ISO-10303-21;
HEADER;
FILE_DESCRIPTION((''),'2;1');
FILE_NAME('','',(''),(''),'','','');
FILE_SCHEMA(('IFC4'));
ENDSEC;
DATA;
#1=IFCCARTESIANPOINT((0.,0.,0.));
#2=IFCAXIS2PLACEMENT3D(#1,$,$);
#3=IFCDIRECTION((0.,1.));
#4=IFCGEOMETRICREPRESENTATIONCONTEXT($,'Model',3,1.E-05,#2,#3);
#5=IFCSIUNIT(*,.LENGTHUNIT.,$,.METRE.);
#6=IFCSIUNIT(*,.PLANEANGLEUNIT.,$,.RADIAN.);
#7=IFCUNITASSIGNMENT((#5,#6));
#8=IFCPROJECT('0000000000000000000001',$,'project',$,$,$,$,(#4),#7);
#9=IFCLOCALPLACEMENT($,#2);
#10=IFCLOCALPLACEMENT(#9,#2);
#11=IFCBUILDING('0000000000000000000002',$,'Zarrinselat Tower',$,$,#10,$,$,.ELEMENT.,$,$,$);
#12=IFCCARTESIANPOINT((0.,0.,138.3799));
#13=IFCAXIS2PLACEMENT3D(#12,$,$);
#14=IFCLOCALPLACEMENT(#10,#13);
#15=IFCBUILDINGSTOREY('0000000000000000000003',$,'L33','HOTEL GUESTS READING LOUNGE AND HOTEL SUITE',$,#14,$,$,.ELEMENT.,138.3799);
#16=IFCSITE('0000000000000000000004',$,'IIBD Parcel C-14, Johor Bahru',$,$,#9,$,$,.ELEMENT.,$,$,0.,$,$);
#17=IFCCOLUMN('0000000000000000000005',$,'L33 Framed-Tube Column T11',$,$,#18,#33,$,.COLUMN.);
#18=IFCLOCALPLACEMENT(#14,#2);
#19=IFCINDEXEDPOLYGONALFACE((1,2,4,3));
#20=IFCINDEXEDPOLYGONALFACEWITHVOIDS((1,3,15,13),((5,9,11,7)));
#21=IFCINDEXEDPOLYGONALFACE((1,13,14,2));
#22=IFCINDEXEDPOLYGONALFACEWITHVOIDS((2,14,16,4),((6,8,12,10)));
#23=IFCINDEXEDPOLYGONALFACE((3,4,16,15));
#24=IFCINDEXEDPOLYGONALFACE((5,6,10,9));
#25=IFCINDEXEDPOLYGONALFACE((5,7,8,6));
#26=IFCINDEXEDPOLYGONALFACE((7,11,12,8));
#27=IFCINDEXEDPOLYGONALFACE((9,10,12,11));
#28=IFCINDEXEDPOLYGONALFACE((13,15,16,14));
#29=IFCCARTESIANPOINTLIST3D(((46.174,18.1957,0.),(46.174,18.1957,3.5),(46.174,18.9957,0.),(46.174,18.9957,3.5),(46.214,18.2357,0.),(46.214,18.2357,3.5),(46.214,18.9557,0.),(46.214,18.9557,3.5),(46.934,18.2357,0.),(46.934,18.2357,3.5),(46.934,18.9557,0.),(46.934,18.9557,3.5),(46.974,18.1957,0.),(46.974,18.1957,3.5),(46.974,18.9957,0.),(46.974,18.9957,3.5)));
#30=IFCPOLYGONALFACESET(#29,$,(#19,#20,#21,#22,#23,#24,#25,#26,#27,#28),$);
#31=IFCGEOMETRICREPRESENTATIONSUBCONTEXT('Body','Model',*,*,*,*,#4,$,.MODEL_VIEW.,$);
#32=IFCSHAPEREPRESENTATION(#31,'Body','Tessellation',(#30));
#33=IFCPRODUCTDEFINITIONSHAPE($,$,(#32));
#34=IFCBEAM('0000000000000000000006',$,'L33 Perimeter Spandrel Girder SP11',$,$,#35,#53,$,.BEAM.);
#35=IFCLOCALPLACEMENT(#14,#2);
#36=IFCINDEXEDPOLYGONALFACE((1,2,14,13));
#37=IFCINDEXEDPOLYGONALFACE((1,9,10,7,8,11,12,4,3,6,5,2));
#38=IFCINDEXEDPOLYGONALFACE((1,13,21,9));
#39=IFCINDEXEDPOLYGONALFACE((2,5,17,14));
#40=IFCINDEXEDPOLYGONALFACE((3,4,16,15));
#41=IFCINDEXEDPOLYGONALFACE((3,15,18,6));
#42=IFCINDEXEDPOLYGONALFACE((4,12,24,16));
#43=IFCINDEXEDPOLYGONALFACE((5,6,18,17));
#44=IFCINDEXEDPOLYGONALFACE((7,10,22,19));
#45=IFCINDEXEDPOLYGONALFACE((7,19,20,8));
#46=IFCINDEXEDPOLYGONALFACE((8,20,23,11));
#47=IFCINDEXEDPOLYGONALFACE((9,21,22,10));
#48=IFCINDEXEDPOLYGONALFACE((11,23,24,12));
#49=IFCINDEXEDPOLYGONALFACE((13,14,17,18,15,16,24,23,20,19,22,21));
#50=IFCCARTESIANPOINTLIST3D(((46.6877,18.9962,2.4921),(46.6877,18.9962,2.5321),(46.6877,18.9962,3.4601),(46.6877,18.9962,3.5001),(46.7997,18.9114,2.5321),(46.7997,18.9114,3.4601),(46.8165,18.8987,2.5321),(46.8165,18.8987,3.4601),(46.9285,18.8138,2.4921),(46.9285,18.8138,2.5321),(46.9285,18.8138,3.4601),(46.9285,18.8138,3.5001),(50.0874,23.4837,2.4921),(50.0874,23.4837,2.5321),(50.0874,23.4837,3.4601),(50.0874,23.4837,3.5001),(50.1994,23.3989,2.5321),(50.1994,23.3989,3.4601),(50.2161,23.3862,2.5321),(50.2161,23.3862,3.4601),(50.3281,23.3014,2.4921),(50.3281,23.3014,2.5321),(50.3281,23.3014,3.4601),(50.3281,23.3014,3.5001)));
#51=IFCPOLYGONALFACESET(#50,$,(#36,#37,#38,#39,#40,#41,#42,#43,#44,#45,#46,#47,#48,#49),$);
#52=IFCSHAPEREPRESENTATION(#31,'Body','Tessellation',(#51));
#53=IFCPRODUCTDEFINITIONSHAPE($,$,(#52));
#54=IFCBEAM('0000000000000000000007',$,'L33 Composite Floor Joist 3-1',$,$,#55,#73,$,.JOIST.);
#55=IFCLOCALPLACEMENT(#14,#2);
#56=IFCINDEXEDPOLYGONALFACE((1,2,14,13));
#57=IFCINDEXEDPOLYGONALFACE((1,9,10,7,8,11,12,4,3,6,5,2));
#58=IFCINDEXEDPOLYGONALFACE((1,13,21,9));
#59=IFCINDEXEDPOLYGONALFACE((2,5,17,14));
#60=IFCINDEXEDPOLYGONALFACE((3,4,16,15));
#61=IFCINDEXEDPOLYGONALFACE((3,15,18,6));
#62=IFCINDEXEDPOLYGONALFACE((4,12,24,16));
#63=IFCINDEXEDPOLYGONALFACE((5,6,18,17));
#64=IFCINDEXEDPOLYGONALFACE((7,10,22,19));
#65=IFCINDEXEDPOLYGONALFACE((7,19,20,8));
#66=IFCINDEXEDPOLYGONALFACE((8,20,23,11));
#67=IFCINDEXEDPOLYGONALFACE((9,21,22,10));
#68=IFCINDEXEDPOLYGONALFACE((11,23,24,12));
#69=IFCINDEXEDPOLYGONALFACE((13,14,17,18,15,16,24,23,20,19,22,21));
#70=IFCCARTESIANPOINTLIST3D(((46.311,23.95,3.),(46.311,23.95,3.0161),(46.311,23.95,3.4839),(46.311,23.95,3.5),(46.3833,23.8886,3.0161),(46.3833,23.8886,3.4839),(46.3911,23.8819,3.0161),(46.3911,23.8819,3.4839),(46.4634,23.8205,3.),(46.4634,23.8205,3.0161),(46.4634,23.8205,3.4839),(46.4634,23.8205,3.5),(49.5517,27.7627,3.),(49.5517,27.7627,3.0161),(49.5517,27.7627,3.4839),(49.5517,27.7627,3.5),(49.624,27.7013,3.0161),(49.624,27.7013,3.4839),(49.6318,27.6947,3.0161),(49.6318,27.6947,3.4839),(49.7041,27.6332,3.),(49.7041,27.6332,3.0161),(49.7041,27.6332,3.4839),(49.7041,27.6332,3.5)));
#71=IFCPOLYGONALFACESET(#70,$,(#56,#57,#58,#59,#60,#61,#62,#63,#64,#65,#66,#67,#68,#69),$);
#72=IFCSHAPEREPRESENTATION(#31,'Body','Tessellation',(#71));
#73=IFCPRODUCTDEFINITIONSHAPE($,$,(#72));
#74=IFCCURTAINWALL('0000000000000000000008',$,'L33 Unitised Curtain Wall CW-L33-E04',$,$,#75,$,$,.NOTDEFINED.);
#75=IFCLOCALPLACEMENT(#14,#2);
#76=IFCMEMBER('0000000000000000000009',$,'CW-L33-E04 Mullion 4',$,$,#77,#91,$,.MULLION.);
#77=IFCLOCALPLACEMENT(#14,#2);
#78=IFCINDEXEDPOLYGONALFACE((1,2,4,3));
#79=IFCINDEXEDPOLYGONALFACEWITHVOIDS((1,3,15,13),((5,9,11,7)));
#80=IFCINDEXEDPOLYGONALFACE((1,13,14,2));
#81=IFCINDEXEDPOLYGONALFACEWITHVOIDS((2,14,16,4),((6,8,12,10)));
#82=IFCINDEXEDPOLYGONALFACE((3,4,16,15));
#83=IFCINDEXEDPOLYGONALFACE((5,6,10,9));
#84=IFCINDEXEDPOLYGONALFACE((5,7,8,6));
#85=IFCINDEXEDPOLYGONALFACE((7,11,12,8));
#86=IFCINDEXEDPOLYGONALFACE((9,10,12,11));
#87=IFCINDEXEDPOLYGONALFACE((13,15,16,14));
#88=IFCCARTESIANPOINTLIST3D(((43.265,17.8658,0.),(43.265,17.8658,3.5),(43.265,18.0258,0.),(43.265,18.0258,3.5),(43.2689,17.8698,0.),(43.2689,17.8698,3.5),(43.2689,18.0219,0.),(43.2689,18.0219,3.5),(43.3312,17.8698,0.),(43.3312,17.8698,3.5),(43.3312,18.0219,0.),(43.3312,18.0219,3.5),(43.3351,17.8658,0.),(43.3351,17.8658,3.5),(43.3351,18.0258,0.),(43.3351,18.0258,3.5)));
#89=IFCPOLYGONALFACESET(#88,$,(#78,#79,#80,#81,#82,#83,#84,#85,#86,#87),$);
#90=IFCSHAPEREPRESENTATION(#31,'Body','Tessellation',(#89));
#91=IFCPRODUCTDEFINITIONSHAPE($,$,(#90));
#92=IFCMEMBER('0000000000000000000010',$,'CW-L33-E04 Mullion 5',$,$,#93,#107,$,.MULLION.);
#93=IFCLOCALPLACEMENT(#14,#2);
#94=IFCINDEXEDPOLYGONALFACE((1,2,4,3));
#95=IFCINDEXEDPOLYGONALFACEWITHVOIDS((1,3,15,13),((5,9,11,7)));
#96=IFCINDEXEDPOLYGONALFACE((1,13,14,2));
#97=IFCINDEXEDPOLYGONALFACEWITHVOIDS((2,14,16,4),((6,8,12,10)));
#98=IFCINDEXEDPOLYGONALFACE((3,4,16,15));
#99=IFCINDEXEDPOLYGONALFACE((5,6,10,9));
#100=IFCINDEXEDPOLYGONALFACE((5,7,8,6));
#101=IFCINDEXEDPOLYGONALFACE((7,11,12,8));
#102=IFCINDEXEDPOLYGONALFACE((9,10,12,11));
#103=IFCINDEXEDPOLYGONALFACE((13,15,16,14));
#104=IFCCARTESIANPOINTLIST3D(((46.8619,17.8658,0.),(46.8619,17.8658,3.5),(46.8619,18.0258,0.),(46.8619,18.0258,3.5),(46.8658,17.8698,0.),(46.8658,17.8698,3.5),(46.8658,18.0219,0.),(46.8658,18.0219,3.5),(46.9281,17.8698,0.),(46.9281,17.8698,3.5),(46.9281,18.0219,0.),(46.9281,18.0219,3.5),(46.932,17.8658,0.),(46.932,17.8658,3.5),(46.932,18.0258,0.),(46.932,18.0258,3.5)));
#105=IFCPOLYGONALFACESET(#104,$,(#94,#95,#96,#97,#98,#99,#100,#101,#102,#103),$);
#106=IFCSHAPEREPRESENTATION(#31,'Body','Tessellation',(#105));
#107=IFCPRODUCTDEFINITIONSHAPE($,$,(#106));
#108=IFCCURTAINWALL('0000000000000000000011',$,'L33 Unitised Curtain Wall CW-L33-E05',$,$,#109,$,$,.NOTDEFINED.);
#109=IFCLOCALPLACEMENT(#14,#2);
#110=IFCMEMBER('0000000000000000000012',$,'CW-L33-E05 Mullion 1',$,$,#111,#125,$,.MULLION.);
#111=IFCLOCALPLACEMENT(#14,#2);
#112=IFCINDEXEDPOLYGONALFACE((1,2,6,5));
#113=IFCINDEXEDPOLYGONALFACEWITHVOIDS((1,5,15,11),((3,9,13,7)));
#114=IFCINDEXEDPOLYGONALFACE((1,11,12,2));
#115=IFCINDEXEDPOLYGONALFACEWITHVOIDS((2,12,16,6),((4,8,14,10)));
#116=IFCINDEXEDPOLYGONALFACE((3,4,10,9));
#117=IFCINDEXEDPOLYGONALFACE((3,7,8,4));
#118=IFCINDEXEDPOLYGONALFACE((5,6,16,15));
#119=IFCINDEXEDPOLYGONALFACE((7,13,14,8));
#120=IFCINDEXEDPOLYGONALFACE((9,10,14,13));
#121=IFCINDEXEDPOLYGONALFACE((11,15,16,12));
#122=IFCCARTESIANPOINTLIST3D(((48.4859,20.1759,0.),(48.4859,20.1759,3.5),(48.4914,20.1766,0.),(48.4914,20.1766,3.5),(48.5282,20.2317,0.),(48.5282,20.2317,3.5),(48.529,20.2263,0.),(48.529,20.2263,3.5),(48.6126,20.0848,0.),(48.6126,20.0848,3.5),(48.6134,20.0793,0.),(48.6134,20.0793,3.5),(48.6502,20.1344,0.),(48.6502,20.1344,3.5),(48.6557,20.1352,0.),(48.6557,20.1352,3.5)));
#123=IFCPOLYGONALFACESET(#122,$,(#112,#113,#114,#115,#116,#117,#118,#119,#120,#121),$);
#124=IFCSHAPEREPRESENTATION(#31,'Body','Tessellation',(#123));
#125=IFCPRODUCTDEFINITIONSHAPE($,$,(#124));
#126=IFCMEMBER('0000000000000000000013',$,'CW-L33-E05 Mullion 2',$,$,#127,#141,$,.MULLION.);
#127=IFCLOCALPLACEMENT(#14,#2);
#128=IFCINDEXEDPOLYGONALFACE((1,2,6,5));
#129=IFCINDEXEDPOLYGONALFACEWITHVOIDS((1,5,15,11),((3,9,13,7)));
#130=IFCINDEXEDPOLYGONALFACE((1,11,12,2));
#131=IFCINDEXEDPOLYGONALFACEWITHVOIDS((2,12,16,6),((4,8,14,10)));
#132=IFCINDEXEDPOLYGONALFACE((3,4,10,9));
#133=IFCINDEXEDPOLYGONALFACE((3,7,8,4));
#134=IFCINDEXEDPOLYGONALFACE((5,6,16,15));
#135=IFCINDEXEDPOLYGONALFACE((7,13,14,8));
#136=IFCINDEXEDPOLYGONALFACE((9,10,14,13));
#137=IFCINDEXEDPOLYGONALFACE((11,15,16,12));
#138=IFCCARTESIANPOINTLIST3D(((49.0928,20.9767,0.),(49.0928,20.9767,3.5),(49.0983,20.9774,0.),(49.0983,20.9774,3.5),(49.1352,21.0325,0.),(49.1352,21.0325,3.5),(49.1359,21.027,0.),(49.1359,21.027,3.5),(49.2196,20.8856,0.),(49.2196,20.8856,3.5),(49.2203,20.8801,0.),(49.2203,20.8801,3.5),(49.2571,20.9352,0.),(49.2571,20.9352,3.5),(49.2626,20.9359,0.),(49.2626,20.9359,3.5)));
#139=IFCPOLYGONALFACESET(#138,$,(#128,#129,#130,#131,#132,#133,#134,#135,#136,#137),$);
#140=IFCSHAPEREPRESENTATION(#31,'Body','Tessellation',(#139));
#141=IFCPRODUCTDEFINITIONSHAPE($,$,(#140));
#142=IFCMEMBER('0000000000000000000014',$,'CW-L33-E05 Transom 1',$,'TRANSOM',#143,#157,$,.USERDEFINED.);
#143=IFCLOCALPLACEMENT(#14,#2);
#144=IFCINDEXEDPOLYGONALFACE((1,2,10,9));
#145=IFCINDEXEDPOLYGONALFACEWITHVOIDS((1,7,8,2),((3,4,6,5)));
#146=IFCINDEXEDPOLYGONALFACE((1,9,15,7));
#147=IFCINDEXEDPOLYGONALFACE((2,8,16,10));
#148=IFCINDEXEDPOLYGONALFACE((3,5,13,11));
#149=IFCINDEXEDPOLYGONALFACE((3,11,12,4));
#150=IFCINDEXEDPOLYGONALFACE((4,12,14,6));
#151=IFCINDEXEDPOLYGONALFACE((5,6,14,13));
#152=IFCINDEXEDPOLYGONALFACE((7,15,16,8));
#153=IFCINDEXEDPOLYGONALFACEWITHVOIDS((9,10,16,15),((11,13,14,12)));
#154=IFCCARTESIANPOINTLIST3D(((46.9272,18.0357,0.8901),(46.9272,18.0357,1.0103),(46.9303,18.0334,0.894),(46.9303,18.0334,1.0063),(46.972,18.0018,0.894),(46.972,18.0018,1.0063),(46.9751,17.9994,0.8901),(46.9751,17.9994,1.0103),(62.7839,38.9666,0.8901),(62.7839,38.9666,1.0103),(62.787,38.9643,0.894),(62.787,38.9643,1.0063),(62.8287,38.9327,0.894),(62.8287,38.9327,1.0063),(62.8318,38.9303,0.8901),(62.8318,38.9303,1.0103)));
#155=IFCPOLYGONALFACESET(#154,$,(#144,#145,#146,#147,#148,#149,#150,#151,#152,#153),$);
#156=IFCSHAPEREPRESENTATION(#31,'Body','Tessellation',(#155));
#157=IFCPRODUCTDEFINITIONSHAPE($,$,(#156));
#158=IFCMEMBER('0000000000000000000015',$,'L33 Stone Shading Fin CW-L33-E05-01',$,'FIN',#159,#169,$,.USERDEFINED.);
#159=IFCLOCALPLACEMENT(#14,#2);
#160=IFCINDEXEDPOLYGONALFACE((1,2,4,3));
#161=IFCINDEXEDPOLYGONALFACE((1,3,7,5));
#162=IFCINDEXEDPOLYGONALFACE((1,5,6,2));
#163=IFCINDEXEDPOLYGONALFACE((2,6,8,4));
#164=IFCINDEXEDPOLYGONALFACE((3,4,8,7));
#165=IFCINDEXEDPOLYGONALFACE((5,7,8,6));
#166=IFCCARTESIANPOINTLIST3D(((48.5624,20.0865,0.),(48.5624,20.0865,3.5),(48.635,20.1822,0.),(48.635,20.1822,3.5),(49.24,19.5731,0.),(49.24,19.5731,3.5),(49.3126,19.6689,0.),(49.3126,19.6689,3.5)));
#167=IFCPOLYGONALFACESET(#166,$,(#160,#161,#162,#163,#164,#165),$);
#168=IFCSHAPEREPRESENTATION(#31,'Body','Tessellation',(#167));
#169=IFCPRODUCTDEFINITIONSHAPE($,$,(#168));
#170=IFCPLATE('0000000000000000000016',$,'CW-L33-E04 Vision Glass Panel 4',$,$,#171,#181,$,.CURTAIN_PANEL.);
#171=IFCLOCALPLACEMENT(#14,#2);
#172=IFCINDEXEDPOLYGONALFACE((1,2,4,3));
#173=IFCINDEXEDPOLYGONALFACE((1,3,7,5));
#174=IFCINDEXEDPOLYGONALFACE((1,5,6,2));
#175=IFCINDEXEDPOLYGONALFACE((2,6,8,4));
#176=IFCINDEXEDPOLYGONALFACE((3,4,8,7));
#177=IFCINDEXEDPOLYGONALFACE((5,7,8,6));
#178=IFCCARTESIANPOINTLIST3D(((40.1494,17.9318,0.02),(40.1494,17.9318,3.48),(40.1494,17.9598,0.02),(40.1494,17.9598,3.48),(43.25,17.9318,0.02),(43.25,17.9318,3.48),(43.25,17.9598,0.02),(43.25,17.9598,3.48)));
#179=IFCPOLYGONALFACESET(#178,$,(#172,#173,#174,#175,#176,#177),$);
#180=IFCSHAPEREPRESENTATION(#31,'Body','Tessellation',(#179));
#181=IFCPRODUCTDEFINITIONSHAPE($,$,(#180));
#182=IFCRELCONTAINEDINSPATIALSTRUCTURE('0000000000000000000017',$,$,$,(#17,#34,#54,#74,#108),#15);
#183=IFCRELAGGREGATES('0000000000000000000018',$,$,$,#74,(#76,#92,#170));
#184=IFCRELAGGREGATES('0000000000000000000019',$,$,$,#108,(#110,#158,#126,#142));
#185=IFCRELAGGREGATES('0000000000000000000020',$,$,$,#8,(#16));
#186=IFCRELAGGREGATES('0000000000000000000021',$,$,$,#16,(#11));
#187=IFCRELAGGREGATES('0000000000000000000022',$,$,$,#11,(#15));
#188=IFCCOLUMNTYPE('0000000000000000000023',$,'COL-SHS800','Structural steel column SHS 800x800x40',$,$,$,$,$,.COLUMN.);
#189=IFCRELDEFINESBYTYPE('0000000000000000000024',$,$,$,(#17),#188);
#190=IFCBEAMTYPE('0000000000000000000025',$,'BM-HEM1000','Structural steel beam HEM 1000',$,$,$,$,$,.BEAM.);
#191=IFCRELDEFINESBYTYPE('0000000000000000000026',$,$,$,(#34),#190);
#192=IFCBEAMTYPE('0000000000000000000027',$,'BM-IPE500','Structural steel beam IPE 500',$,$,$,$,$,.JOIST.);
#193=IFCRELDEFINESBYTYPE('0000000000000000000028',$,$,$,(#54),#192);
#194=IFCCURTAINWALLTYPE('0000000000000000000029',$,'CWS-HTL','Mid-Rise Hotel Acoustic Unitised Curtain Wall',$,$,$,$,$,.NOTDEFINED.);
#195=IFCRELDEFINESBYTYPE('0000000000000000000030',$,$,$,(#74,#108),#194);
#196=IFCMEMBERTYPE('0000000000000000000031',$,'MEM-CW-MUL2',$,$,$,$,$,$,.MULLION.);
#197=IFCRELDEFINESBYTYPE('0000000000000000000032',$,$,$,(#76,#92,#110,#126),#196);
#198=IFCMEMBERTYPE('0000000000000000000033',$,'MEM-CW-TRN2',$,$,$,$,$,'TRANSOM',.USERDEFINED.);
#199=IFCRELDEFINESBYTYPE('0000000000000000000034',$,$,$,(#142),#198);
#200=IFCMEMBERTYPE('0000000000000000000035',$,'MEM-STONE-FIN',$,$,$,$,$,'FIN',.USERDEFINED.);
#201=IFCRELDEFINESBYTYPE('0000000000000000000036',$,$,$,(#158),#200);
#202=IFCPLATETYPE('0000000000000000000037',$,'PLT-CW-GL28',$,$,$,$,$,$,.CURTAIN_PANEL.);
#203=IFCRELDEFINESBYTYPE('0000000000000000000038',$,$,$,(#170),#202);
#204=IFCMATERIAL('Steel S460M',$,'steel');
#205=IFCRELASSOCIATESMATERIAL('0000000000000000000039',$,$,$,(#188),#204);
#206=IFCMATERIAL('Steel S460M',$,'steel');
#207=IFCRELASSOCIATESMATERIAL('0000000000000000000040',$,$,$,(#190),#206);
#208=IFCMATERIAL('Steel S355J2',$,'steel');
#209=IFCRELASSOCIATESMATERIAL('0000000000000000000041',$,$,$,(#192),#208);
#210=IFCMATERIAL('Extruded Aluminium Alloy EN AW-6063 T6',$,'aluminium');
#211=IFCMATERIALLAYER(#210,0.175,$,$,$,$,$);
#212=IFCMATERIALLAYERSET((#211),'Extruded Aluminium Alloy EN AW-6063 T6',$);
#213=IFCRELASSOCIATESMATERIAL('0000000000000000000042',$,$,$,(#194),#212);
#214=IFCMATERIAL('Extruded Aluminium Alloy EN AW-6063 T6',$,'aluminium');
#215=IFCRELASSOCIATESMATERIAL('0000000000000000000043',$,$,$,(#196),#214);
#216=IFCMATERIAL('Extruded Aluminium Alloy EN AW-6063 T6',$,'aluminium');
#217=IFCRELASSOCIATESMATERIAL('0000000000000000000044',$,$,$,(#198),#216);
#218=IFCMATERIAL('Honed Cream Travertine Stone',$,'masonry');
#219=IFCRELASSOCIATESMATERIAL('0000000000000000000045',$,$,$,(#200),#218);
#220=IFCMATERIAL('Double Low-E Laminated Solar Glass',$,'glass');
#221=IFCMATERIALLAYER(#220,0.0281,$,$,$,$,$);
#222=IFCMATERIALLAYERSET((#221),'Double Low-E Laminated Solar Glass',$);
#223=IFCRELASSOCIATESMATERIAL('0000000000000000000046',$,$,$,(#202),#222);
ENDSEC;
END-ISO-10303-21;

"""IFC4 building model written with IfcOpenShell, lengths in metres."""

from ifc_helpers import new_model, si_unit, direction, frame, origin, origin_2d, place, context, subcontext, project, spatial, rectangle, hollow_rectangle, i_section, extrude, material, layer, layer_set, material_profile, profile_set, type_object, element, aggregate, save


model = new_model("IFC4")

# Units and contexts
model_context = context("Model", 3, precision=1e-05, world=origin(), true_north=direction((0.0, 1.0)))
body_context = subcontext(model_context, "Body", "Model", "MODEL_VIEW")
ifc_project = project(units=[si_unit("LENGTHUNIT", "METRE"), si_unit("PLANEANGLEUNIT", "RADIAN")], contexts=[model_context])

# Site, building, storey
site_placement = place(None, origin())
site = spatial("IfcSite", under=ifc_project, at=site_placement, Name="IIBD Parcel C-14, Johor Bahru", CompositionType="ELEMENT", RefElevation=0.0)
building_placement = place(site_placement, origin())
building = spatial("IfcBuilding", under=site, at=building_placement, Name="Zarrinselat Tower", CompositionType="ELEMENT")
storey_placement = place(building_placement, frame((0.0, 0.0, 138.3799)))
storey = spatial("IfcBuildingStorey", under=building, at=storey_placement, Name="L33", Description="HOTEL GUESTS READING LOUNGE AND HOTEL SUITE", CompositionType="ELEMENT", Elevation=138.3799)

# Column
ifc_material_1 = material(Name="Steel S460M", Category="steel")
ifc_material_profile_1 = material_profile(ifc_material_1, hollow_rectangle(XDim=0.8, YDim=0.8, WallThickness=0.04, at=origin_2d()), Name="SHS 800x800x40")
ifc_profile_set_1 = profile_set([ifc_material_profile_1], Name="Steel S460M")
column_type = type_object("IfcColumnType", Name="COL-SHS800", Description="Structural steel column SHS 800x800x40", PredefinedType="COLUMN", material=ifc_profile_set_1)
column_placement = place(storey_placement, frame((46.574, 18.5957, 0.0), z_axis=(0.0, 0.0, 1.0), x_axis=(1.0, 0.0, 0.0)))
element("IfcColumn", 1, at=column_placement, inside=storey, type_object=column_type, Name="L33 Framed-Tube Column T11", PredefinedType="COLUMN", context=body_context, shape_type="SweptSolid", body=[
    extrude(hollow_rectangle(XDim=0.8, YDim=0.8, WallThickness=0.04, at=origin_2d()), origin(), (0.0, 0.0, 1.0), 3.5),
])

# Beams
ifc_material_2 = material(Name="Steel S460M", Category="steel")
ifc_material_profile_2 = material_profile(ifc_material_2, i_section(OverallWidth=0.302, OverallDepth=1.0081, WebThickness=0.021, FlangeThickness=0.04, at=origin_2d()), Name="HEM 1000")
ifc_profile_set_2 = profile_set([ifc_material_profile_2], Name="Steel S460M")
beam_type_1 = type_object("IfcBeamType", Name="BM-HEM1000", Description="Structural steel beam HEM 1000", PredefinedType="BEAM", material=ifc_profile_set_2)
beam_1_placement = place(storey_placement, frame((46.8081, 18.905, 2.9961), z_axis=(0.603858, 0.797092, 0.0), x_axis=(-0.797092, 0.603858, 0.0)))
element("IfcBeam", 2, at=beam_1_placement, inside=storey, type_object=beam_type_1, Name="L33 Perimeter Spandrel Girder SP11", PredefinedType="BEAM", context=body_context, shape_type="SweptSolid", body=[
    extrude(i_section(OverallWidth=0.302, OverallDepth=1.0081, WebThickness=0.021, FlangeThickness=0.04, at=origin_2d()), origin(), (0.0, 0.0, 1.0), 5.6299),
])
ifc_material_3 = material(Name="Steel S355J2", Category="steel")
ifc_material_profile_3 = material_profile(ifc_material_3, i_section(OverallWidth=0.2, OverallDepth=0.5, WebThickness=0.0103, FlangeThickness=0.0161, at=origin_2d()), Name="IPE 500")
ifc_profile_set_3 = profile_set([ifc_material_profile_3], Name="Steel S355J2")
beam_type_2 = type_object("IfcBeamType", Name="BM-IPE500", Description="Structural steel beam IPE 500", PredefinedType="JOIST", material=ifc_profile_set_3)
beam_2_placement = place(storey_placement, frame((46.3872, 23.8853, 3.25), z_axis=(0.647636, 0.76195, 0.0), x_axis=(-0.76195, 0.647636, 0.0)))
element("IfcBeam", 3, at=beam_2_placement, inside=storey, type_object=beam_type_2, Name="L33 Composite Floor Joist 3-1", PredefinedType="JOIST", context=body_context, shape_type="SweptSolid", body=[
    extrude(i_section(OverallWidth=0.2, OverallDepth=0.5, WebThickness=0.0103, FlangeThickness=0.0161, at=origin_2d()), origin(), (0.0, 0.0, 1.0), 5.0039),
])

# Curtain walls, members
ifc_material_4 = material(Name="Extruded Aluminium Alloy EN AW-6063 T6", Category="aluminium")
ifc_layer_1 = layer(ifc_material_4, 0.175)
ifc_layer_set_1 = layer_set([ifc_layer_1], Name="Extruded Aluminium Alloy EN AW-6063 T6")
curtain_wall_type = type_object("IfcCurtainWallType", Name="CWS-HTL", Description="Mid-Rise Hotel Acoustic Unitised Curtain Wall", PredefinedType="NOTDEFINED", material=ifc_layer_set_1)
curtain_wall_1_placement = place(storey_placement, origin())
curtain_wall_1 = element("IfcCurtainWall", 4, at=curtain_wall_1_placement, inside=storey, type_object=curtain_wall_type, Name="L33 Unitised Curtain Wall CW-L33-E04", PredefinedType="NOTDEFINED")
ifc_material_5 = material(Name="Extruded Aluminium Alloy EN AW-6063 T6", Category="aluminium")
ifc_material_profile_4 = material_profile(ifc_material_5, hollow_rectangle(XDim=0.0701, YDim=0.1599, WallThickness=0.0039, at=origin_2d()), Name="RHS 160x70x4")
ifc_profile_set_4 = profile_set([ifc_material_profile_4], Name="Extruded Aluminium Alloy EN AW-6063 T6")
member_type_1 = type_object("IfcMemberType", Name="MEM-CW-MUL2", PredefinedType="MULLION", material=ifc_profile_set_4)
member_1_placement = place(storey_placement, frame((43.3, 17.9458, 0.0), z_axis=(0.0, 0.0, 1.0), x_axis=(1.0, 0.0, 0.0)))
member_1 = element("IfcMember", 5, at=member_1_placement, type_object=member_type_1, Name="CW-L33-E04 Mullion 4", PredefinedType="MULLION", context=body_context, shape_type="SweptSolid", body=[
    extrude(hollow_rectangle(XDim=0.0701, YDim=0.1599, WallThickness=0.0039, at=origin_2d()), origin(), (0.0, 0.0, 1.0), 3.5),
])
member_2_placement = place(storey_placement, frame((46.897, 17.9458, 0.0), z_axis=(0.0, 0.0, 1.0), x_axis=(1.0, 0.0, 0.0)))
member_2 = element("IfcMember", 6, at=member_2_placement, type_object=member_type_1, Name="CW-L33-E04 Mullion 5", PredefinedType="MULLION", context=body_context, shape_type="SweptSolid", body=[
    extrude(hollow_rectangle(XDim=0.0701, YDim=0.1599, WallThickness=0.0039, at=origin_2d()), origin(), (0.0, 0.0, 1.0), 3.5),
])
curtain_wall_2_placement = place(storey_placement, origin())
curtain_wall_2 = element("IfcCurtainWall", 7, at=curtain_wall_2_placement, inside=storey, type_object=curtain_wall_type, Name="L33 Unitised Curtain Wall CW-L33-E05", PredefinedType="NOTDEFINED")
member_3_placement = place(storey_placement, frame((48.5708, 20.1555, 0.0), z_axis=(0.0, 0.0, 1.0), x_axis=(0.603856, 0.797094, 0.0)))
member_3 = element("IfcMember", 8, at=member_3_placement, type_object=member_type_1, Name="CW-L33-E05 Mullion 1", PredefinedType="MULLION", context=body_context, shape_type="SweptSolid", body=[
    extrude(hollow_rectangle(XDim=0.0701, YDim=0.1599, WallThickness=0.0039, at=origin_2d()), origin(), (0.0, 0.0, 1.0), 3.5),
])
member_4_placement = place(storey_placement, frame((49.1777, 20.9563, 0.0), z_axis=(0.0, 0.0, 1.0), x_axis=(0.603856, 0.797094, 0.0)))
member_4 = element("IfcMember", 9, at=member_4_placement, type_object=member_type_1, Name="CW-L33-E05 Mullion 2", PredefinedType="MULLION", context=body_context, shape_type="SweptSolid", body=[
    extrude(hollow_rectangle(XDim=0.0701, YDim=0.1599, WallThickness=0.0039, at=origin_2d()), origin(), (0.0, 0.0, 1.0), 3.5),
])
ifc_material_6 = material(Name="Extruded Aluminium Alloy EN AW-6063 T6", Category="aluminium")
ifc_material_profile_5 = material_profile(ifc_material_6, hollow_rectangle(XDim=0.0601, YDim=0.1201, WallThickness=0.0039, at=origin_2d()), Name="RHS 120x60x4")
ifc_profile_set_5 = profile_set([ifc_material_profile_5], Name="Extruded Aluminium Alloy EN AW-6063 T6")
member_type_2 = type_object("IfcMemberType", Name="MEM-CW-TRN2", ElementType="TRANSOM", PredefinedType="USERDEFINED", material=ifc_profile_set_5)
member_5_placement = place(storey_placement, frame((46.9512, 18.0176, 0.9502), z_axis=(0.603856, 0.797093, 0.0), x_axis=(-0.797093, 0.603856, 0.0)))
member_5 = element("IfcMember", 10, at=member_5_placement, type_object=member_type_2, Name="CW-L33-E05 Transom 1", ObjectType="TRANSOM", PredefinedType="USERDEFINED", context=body_context, shape_type="SweptSolid", body=[
    extrude(hollow_rectangle(XDim=0.0601, YDim=0.1201, WallThickness=0.0039, at=origin_2d()), origin(), (0.0, 0.0, 1.0), 26.259),
])
ifc_material_7 = material(Name="Honed Cream Travertine Stone", Category="masonry")
ifc_material_profile_6 = material_profile(ifc_material_7, rectangle(XDim=0.1201, YDim=0.8501, at=origin_2d()), Name="FIN 850x120")
ifc_profile_set_6 = profile_set([ifc_material_profile_6], Name="Honed Cream Travertine Stone")
member_type_3 = type_object("IfcMemberType", Name="MEM-STONE-FIN", ElementType="FIN", PredefinedType="USERDEFINED", material=ifc_profile_set_6)
member_6_placement = place(storey_placement, frame((48.9375, 19.8777, 0.0), z_axis=(0.0, 0.0, 1.0), x_axis=(-0.603856, -0.797094, 0.0)))
member_6 = element("IfcMember", 11, at=member_6_placement, type_object=member_type_3, Name="L33 Stone Shading Fin CW-L33-E05-01", ObjectType="FIN", PredefinedType="USERDEFINED", context=body_context, shape_type="SweptSolid", body=[
    extrude(rectangle(XDim=0.1201, YDim=0.8501, at=origin_2d()), origin(), (0.0, 0.0, 1.0), 3.5),
])

# Plate
ifc_material_8 = material(Name="Double Low-E Laminated Solar Glass", Category="glass")
ifc_layer_2 = layer(ifc_material_8, 0.0281)
ifc_layer_set_2 = layer_set([ifc_layer_2], Name="Double Low-E Laminated Solar Glass")
plate_type = type_object("IfcPlateType", Name="PLT-CW-GL28", PredefinedType="CURTAIN_PANEL", material=ifc_layer_set_2)
plate_1_placement = place(storey_placement, frame((41.6997, 17.9458, 0.02), z_axis=(0.0, 0.0, 1.0), x_axis=(1.0, 0.0, 0.0)))
plate_1 = element("IfcPlate", 12, at=plate_1_placement, type_object=plate_type, Name="CW-L33-E04 Vision Glass Panel 4", PredefinedType="CURTAIN_PANEL", context=body_context, shape_type="SweptSolid", body=[
    extrude(rectangle(XDim=3.1006, YDim=0.0281, at=origin_2d()), origin(), (0.0, 0.0, 1.0), 3.46),
])
aggregate(curtain_wall_1, [member_1, member_2, plate_1])
aggregate(curtain_wall_2, [member_3, member_6, member_4, member_5])

save(model, "model.ifc")
